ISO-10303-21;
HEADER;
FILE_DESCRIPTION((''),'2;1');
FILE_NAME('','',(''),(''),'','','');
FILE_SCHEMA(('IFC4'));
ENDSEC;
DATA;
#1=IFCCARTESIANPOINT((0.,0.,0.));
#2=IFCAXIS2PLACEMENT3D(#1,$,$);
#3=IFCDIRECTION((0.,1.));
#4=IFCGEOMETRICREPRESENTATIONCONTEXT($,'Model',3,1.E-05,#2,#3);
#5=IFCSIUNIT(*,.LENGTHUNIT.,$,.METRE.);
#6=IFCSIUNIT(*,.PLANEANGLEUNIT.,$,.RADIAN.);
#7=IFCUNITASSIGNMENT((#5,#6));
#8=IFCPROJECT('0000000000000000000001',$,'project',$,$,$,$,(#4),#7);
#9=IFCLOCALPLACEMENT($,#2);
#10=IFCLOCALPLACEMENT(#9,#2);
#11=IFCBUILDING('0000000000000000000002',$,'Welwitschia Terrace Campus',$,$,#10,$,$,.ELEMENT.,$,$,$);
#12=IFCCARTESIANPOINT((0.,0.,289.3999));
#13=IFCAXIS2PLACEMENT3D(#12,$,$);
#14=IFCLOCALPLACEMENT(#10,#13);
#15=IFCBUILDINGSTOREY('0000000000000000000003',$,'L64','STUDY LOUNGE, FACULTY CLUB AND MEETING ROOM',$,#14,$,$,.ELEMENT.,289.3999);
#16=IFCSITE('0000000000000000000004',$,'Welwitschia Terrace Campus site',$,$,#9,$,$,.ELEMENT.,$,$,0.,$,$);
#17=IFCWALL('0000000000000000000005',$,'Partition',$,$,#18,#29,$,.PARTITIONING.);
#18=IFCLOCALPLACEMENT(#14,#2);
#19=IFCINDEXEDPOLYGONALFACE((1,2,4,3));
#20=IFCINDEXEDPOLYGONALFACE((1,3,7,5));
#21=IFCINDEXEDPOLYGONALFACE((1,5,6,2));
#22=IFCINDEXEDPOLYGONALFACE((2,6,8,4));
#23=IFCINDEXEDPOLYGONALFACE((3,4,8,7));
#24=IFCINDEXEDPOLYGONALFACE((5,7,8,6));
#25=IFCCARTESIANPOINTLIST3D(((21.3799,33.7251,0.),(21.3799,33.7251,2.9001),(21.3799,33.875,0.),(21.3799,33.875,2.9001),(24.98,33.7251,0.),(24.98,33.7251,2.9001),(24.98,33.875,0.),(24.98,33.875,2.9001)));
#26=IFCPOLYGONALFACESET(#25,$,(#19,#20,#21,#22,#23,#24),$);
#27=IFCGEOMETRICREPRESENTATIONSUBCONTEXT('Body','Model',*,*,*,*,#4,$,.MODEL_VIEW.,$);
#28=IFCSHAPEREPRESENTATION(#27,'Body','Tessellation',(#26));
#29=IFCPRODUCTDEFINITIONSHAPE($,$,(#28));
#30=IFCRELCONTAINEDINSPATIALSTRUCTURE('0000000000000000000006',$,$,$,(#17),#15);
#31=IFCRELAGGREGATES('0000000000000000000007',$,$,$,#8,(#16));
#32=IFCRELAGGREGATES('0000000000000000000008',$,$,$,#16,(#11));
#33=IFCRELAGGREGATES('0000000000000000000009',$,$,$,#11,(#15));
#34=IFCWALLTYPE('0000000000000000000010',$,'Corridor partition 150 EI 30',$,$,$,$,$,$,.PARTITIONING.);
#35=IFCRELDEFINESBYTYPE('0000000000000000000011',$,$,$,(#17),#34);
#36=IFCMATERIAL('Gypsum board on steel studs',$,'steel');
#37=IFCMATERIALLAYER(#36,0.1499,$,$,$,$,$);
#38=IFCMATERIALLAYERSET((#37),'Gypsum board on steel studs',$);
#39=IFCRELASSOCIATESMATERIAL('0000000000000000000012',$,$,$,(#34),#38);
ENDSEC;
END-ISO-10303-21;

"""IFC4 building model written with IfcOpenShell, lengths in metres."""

from ifc_helpers import new_model, si_unit, direction, frame, frame_2d, origin, place, context, subcontext, project, spatial, rectangle, extrude, material, layer, layer_set, type_object, element, save


model = new_model("IFC4")

# Units and contexts
model_context = context("Model", 3, precision=1e-05, world=origin(), true_north=direction((0.0, 1.0)))
body_context = subcontext(model_context, "Body", "Model", "MODEL_VIEW")
ifc_project = project(units=[si_unit("LENGTHUNIT", "METRE"), si_unit("PLANEANGLEUNIT", "RADIAN")], contexts=[model_context])

# Site, building, storey
site_placement = place(None, origin())
site = spatial("IfcSite", under=ifc_project, at=site_placement, Name="Welwitschia Terrace Campus site", CompositionType="ELEMENT", RefElevation=0.0)
building_placement = place(site_placement, origin())
building = spatial("IfcBuilding", under=site, at=building_placement, Name="Welwitschia Terrace Campus", CompositionType="ELEMENT")
storey_placement = place(building_placement, frame((0.0, 0.0, 289.3999)))
storey = spatial("IfcBuildingStorey", under=building, at=storey_placement, Name="L64", Description="STUDY LOUNGE, FACULTY CLUB AND MEETING ROOM", CompositionType="ELEMENT", Elevation=289.3999)

# Shared definitions
ifc_material_1 = material(Name="Gypsum board on steel studs", Category="steel")
ifc_layer_1 = layer(ifc_material_1, 0.1499)
ifc_layer_set_1 = layer_set([ifc_layer_1], Name="Gypsum board on steel studs")
wall_type = type_object("IfcWallType", Name="Corridor partition 150 EI 30", PredefinedType="PARTITIONING", material=ifc_layer_set_1)

# Wall
wall_1_placement = place(storey_placement, frame((21.3799, 33.8, 0.0), z_axis=(0.0, 0.0, 1.0), x_axis=(1.0, 0.0, 0.0)))
element("IfcWall", 1, at=wall_1_placement, inside=storey, type_object=wall_type, Name="Partition", PredefinedType="PARTITIONING", context=body_context, shape_type="SweptSolid", body=[
    extrude(rectangle(XDim=3.6001, YDim=0.1499, at=frame_2d((1.8, 0.0))), origin(), (0.0, 0.0, 1.0), 2.9001),
])

save(model, "model.ifc")
